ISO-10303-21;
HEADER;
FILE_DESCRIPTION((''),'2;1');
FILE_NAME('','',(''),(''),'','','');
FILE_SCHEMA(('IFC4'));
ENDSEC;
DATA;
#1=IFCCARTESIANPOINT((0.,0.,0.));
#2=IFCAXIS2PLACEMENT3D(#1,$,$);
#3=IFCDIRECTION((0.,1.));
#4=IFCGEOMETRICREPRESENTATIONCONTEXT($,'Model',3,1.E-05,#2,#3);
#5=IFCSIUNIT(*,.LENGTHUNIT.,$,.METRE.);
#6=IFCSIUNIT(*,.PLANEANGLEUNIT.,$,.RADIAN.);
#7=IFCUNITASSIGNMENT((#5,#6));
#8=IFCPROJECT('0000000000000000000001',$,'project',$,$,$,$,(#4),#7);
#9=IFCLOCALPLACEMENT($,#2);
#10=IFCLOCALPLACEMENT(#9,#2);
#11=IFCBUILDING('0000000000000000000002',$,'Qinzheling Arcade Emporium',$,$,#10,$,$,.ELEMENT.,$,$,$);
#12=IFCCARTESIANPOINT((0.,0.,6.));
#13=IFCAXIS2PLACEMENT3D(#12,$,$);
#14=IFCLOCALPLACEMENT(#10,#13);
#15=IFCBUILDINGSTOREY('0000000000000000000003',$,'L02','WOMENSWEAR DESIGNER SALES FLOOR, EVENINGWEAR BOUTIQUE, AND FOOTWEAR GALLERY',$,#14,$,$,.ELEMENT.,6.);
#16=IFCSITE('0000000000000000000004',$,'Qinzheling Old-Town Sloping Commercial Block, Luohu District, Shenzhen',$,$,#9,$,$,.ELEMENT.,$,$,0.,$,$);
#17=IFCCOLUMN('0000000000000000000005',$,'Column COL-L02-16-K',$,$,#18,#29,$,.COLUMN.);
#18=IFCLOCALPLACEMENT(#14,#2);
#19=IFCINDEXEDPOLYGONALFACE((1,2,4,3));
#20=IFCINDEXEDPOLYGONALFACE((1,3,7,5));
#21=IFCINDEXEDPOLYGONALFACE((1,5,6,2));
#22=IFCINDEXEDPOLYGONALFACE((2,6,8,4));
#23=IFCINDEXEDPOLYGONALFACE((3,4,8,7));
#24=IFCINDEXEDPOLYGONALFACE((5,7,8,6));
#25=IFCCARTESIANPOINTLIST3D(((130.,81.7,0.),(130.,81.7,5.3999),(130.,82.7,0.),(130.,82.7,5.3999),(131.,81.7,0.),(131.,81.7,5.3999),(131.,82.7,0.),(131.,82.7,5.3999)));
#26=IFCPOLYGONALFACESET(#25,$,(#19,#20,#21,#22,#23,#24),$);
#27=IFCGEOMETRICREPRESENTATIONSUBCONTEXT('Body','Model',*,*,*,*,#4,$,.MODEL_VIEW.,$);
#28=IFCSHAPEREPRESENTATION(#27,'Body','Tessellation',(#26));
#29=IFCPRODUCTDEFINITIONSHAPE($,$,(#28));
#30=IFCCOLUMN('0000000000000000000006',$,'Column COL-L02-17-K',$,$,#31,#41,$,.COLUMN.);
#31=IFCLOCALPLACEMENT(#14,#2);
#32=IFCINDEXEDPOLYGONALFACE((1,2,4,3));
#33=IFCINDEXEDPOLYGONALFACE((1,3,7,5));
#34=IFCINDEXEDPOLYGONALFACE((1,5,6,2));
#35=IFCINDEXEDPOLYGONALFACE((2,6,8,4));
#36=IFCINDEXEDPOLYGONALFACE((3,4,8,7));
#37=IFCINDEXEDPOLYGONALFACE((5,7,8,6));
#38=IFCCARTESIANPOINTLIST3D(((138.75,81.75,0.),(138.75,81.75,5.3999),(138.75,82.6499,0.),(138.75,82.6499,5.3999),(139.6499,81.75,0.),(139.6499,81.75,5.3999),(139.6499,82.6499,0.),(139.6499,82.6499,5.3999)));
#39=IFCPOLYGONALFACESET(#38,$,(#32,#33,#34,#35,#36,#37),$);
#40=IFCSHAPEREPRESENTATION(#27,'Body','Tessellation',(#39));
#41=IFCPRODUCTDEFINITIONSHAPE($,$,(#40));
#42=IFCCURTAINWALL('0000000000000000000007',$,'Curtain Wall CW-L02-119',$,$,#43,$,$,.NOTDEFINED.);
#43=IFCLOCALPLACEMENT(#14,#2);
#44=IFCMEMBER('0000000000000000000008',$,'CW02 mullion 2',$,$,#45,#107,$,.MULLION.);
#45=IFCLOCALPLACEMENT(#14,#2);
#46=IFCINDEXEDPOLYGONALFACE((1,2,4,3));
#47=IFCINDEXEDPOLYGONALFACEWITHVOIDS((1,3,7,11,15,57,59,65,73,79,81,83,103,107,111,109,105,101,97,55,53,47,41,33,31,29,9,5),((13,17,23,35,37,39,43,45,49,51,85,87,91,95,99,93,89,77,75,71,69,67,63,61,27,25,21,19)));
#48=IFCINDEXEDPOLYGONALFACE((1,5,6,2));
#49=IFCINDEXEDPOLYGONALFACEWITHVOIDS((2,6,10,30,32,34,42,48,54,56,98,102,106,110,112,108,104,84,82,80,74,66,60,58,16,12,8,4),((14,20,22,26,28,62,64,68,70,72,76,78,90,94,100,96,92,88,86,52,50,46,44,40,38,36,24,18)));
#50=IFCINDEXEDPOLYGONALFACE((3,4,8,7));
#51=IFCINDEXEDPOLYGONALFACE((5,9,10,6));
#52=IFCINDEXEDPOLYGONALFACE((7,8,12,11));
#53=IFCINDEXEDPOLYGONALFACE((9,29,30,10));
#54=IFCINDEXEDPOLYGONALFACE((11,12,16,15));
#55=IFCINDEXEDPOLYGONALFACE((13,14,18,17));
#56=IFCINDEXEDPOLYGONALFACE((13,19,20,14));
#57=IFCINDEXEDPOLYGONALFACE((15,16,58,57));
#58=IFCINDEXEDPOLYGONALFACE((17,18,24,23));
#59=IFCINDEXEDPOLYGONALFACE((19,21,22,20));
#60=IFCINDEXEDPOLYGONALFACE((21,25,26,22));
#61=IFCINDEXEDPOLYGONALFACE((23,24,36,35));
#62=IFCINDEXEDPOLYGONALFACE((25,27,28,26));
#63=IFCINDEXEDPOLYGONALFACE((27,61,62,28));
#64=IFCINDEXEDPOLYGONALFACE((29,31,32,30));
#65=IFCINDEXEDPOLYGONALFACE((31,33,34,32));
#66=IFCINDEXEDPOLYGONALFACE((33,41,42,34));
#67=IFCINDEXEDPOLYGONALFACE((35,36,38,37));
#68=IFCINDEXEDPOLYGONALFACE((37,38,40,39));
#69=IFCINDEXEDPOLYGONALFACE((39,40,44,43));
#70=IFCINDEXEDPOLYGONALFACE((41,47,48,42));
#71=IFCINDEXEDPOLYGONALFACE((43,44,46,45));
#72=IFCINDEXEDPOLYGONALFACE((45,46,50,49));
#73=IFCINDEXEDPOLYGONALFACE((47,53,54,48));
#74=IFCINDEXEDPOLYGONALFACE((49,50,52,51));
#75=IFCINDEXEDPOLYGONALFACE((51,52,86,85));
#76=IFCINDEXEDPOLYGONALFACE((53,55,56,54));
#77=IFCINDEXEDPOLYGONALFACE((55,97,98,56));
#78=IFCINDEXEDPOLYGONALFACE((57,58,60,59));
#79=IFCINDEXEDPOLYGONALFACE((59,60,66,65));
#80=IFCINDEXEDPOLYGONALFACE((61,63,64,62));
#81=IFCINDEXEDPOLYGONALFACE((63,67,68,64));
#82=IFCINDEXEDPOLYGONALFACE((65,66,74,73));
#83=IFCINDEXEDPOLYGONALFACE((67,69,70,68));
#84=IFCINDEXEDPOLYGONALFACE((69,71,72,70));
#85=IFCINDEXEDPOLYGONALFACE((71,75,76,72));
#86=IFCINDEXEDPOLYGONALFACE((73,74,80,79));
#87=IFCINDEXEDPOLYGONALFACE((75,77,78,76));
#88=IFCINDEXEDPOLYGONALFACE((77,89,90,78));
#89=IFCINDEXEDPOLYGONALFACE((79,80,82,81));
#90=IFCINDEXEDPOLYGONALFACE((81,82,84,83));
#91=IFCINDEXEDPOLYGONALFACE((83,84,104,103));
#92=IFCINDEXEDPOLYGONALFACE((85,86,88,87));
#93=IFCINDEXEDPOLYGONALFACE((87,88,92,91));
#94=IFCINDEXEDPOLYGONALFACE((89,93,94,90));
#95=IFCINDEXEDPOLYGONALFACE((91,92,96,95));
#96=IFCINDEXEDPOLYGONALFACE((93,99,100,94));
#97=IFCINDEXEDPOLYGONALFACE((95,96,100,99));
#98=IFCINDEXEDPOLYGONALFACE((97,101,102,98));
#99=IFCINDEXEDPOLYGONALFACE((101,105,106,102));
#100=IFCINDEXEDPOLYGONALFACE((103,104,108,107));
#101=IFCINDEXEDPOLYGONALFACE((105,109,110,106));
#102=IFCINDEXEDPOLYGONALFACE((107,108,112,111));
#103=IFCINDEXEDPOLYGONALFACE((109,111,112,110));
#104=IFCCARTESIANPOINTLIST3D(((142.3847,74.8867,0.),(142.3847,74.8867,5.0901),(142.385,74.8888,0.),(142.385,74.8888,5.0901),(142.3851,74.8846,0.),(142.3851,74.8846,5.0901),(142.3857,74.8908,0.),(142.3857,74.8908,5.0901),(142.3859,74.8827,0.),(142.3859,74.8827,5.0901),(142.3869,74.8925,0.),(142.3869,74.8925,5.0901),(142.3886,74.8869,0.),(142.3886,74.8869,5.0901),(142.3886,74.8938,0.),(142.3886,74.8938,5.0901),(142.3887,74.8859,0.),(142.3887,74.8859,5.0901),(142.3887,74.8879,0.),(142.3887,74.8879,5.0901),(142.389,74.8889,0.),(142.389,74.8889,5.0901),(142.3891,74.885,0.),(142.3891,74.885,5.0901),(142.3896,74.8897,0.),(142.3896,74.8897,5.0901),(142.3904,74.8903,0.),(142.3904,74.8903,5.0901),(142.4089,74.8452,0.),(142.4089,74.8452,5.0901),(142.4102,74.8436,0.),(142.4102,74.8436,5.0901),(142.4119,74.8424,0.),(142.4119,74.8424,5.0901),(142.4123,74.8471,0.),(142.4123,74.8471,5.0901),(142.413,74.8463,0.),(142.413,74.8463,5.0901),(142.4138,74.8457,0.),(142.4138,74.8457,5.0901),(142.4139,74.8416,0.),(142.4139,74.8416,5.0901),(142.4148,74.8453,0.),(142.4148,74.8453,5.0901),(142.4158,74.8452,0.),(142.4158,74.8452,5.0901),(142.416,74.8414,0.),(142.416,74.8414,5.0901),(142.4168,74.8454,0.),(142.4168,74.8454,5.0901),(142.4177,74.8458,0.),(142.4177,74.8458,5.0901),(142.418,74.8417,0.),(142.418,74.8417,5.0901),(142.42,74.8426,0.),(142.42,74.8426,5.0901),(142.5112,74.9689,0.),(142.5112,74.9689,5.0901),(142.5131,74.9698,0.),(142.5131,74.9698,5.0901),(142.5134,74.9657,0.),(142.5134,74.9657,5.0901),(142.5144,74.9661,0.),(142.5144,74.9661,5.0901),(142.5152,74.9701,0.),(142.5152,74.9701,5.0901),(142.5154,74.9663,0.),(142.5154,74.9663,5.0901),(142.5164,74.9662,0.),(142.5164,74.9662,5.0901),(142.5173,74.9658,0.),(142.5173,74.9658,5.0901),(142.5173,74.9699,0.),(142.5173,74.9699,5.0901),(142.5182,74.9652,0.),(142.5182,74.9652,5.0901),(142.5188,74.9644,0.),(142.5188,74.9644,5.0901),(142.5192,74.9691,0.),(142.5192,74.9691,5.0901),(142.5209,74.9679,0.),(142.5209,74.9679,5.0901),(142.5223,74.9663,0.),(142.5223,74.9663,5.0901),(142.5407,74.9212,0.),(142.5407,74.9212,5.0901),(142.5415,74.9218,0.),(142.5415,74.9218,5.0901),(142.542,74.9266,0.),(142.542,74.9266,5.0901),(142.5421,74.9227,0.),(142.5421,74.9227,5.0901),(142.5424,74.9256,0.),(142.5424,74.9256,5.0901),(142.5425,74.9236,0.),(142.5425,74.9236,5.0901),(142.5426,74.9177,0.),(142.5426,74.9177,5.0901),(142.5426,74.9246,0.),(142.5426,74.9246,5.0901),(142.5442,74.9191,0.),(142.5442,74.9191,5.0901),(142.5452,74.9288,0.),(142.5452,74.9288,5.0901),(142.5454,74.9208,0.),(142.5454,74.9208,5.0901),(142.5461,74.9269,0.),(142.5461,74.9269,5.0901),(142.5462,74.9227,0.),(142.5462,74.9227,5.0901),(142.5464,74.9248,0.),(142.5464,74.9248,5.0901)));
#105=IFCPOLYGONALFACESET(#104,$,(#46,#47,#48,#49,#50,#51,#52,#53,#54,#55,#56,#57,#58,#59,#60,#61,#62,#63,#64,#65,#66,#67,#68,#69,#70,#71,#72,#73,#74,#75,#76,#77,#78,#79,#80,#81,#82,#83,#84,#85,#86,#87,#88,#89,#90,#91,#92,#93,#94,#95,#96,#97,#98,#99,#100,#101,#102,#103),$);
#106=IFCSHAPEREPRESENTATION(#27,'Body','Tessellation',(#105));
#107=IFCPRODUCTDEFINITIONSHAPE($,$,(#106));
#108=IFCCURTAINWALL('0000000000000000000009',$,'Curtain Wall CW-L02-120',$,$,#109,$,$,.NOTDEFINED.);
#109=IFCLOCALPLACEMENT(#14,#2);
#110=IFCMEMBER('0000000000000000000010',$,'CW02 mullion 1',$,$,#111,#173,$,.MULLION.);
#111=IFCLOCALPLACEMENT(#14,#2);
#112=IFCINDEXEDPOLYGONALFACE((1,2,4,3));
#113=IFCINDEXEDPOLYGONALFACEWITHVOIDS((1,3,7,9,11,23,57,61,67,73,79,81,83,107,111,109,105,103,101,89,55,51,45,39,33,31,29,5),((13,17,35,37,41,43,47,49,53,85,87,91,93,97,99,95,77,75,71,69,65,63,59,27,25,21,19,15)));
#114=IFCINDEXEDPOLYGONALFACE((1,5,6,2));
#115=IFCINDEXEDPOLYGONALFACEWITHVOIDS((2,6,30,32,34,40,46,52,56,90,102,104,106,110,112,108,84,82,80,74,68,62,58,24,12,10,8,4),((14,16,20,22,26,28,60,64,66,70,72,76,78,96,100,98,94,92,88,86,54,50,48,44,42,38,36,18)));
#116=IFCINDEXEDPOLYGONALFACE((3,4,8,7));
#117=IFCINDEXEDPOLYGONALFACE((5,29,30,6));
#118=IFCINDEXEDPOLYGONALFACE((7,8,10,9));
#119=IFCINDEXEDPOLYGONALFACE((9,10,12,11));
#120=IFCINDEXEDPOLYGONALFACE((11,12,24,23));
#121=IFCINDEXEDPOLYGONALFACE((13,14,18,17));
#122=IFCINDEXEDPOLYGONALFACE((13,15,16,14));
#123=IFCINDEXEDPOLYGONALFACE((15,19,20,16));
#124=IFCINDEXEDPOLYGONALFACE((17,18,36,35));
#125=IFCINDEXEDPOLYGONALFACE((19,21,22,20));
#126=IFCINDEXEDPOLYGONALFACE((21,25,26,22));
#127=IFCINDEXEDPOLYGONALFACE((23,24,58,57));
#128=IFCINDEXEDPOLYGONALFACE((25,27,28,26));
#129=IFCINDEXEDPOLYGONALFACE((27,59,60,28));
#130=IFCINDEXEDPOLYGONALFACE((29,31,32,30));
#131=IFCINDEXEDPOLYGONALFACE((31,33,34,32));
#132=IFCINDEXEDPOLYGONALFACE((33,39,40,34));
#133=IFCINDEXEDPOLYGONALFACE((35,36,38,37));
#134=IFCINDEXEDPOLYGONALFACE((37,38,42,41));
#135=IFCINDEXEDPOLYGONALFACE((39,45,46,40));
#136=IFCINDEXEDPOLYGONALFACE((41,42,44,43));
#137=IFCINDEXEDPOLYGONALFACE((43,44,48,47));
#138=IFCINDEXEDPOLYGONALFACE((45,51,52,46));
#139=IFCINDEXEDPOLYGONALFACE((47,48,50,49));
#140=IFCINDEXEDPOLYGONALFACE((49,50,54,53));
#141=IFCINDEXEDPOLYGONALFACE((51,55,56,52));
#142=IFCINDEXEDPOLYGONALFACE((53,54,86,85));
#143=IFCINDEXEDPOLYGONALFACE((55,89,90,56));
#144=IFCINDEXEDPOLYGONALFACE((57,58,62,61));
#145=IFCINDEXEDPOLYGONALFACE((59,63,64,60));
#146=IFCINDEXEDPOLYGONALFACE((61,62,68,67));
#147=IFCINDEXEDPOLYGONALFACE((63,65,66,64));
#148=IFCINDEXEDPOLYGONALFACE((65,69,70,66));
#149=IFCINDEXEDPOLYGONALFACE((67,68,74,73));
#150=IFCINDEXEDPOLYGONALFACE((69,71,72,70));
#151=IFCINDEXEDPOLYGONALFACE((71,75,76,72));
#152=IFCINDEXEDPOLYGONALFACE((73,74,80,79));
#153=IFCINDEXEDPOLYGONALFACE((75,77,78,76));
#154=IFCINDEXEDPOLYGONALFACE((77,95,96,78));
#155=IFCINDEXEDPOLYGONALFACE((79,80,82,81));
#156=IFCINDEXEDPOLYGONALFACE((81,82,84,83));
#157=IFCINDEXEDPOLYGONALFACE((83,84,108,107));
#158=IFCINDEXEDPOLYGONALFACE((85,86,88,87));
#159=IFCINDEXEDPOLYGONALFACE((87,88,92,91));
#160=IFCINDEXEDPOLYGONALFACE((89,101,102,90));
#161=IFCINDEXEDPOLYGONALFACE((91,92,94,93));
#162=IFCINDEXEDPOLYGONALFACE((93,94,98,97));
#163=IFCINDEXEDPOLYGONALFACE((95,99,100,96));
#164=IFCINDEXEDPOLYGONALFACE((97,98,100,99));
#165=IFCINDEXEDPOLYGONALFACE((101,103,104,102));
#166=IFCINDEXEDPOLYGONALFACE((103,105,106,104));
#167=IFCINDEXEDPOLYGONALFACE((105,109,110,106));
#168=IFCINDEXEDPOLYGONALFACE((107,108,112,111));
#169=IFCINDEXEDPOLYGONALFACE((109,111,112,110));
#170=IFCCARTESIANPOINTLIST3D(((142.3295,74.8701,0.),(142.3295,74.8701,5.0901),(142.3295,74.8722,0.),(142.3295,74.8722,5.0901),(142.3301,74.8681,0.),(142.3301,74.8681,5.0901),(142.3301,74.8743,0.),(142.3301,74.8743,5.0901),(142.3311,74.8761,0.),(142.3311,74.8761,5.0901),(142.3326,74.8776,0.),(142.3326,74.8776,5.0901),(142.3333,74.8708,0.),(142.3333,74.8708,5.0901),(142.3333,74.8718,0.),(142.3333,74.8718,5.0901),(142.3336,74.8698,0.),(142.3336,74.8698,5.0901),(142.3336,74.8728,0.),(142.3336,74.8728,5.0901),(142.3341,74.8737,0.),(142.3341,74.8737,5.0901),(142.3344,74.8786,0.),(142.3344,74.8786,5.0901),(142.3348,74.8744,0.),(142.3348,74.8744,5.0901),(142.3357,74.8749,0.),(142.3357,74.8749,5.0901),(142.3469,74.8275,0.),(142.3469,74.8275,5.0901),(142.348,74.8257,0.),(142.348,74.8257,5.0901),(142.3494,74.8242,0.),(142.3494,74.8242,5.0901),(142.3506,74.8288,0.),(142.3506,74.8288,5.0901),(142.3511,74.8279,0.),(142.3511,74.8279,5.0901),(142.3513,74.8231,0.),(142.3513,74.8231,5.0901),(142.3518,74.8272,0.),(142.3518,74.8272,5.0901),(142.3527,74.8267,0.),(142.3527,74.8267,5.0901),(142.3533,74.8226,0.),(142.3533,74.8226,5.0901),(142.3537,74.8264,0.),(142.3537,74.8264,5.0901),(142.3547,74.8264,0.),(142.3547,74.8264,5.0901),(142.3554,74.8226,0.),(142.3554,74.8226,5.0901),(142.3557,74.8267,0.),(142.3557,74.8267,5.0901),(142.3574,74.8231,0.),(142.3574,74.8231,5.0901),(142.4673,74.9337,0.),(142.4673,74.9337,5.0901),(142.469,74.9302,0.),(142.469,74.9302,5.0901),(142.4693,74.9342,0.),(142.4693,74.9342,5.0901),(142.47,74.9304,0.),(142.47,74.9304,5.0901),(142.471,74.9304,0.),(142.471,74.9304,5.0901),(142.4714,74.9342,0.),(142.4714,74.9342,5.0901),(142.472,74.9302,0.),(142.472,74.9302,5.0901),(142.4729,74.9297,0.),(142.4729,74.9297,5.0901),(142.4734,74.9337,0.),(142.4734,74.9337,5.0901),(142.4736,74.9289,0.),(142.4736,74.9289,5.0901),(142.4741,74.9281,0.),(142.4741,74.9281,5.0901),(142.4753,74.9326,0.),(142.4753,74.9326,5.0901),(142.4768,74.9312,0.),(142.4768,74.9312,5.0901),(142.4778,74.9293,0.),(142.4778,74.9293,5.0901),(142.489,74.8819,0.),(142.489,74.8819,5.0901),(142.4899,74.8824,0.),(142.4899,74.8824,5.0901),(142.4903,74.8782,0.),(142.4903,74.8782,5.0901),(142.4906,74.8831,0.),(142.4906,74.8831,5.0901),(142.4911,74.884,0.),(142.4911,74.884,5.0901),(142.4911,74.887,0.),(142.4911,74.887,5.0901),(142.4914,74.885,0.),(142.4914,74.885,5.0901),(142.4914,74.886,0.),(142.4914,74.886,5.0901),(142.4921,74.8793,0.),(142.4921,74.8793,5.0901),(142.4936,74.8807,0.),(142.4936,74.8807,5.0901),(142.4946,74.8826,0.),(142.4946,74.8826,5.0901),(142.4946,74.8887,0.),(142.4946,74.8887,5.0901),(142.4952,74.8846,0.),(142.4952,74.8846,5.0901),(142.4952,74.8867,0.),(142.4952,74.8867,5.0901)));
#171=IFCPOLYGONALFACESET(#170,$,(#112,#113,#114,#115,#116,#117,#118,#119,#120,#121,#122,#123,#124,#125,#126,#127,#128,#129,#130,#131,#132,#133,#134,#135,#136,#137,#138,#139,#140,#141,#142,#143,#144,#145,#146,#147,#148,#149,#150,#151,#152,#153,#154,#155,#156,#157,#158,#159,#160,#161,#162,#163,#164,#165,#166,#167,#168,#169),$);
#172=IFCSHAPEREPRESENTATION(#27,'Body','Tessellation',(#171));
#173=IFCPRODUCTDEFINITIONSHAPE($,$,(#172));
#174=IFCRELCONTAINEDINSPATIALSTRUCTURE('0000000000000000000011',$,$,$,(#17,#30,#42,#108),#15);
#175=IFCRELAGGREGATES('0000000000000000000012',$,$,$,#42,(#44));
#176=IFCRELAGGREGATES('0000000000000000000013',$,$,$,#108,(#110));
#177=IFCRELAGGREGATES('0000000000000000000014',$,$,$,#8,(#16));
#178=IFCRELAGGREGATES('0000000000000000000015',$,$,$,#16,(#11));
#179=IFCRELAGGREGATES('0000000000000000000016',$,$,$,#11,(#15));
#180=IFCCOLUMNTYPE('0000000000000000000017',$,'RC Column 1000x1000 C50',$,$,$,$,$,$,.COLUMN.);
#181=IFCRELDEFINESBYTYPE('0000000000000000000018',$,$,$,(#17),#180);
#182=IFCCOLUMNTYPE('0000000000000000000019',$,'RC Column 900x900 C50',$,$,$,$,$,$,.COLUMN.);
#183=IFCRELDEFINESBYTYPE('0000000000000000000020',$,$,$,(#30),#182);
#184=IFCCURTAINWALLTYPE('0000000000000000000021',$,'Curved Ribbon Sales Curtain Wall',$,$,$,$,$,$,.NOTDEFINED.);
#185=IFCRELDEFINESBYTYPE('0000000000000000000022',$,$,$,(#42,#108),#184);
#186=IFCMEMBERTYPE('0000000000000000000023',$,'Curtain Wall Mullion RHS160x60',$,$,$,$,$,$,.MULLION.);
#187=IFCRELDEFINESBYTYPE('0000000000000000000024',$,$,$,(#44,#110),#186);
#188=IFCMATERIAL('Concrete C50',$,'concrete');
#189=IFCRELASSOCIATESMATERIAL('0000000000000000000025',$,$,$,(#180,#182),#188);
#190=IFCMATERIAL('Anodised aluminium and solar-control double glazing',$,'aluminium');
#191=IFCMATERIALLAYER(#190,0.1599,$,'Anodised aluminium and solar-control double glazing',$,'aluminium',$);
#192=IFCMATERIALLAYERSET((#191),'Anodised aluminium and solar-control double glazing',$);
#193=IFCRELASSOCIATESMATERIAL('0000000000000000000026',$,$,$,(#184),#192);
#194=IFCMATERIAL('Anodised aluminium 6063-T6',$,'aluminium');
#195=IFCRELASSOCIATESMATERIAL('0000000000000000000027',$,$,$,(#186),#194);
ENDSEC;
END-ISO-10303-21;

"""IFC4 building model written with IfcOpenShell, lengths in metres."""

from ifc_helpers import new_model, si_unit, direction, frame, origin, origin_2d, place, context, subcontext, project, spatial, rectangle, hollow_rectangle, extrude, material, layer, layer_set, material_profile, profile_set, type_object, element, aggregate, save


model = new_model("IFC4")

# Units and contexts
model_context = context("Model", 3, precision=1e-05, world=origin(), true_north=direction((0.0, 1.0)))
body_context = subcontext(model_context, "Body", "Model", "MODEL_VIEW")
ifc_project = project(units=[si_unit("LENGTHUNIT", "METRE"), si_unit("PLANEANGLEUNIT", "RADIAN")], contexts=[model_context])

# Site, building, storey
site_placement = place(None, origin())
site = spatial("IfcSite", under=ifc_project, at=site_placement, Name="Qinzheling Old-Town Sloping Commercial Block, Luohu District, Shenzhen", CompositionType="ELEMENT", RefElevation=0.0)
building_placement = place(site_placement, origin())
building = spatial("IfcBuilding", under=site, at=building_placement, Name="Qinzheling Arcade Emporium", CompositionType="ELEMENT")
storey_placement = place(building_placement, frame((0.0, 0.0, 6.0)))
storey = spatial("IfcBuildingStorey", under=building, at=storey_placement, Name="L02", Description="WOMENSWEAR DESIGNER SALES FLOOR, EVENINGWEAR BOUTIQUE, AND FOOTWEAR GALLERY", CompositionType="ELEMENT", Elevation=6.0)

# Columns
ifc_material_1 = material(Name="Concrete C50", Category="concrete")
ifc_material_profile_1 = material_profile(ifc_material_1, rectangle(XDim=1.0, YDim=1.0, at=origin_2d()), Name="RC 1000x1000", Category="concrete")
ifc_profile_set_1 = profile_set([ifc_material_profile_1], Name="Concrete C50")
column_type_1 = type_object("IfcColumnType", Name="RC Column 1000x1000 C50", PredefinedType="COLUMN", material=ifc_profile_set_1)
column_1_placement = place(storey_placement, frame((130.5, 82.2, 0.0), z_axis=(0.0, 0.0, 1.0), x_axis=(1.0, 0.0, 0.0)))
element("IfcColumn", 1, at=column_1_placement, inside=storey, type_object=column_type_1, Name="Column COL-L02-16-K", PredefinedType="COLUMN", context=body_context, shape_type="SweptSolid", body=[
    extrude(rectangle(XDim=1.0, YDim=1.0, at=origin_2d()), origin(), (0.0, 0.0, 1.0), 5.3999),
])
ifc_material_profile_2 = material_profile(ifc_material_1, rectangle(XDim=0.8999, YDim=0.8999, at=origin_2d()), Name="RC 900x900", Category="concrete")
ifc_profile_set_2 = profile_set([ifc_material_profile_2], Name="Concrete C50")
column_type_2 = type_object("IfcColumnType", Name="RC Column 900x900 C50", PredefinedType="COLUMN", material=ifc_profile_set_2)
column_2_placement = place(storey_placement, frame((139.2, 82.2, 0.0), z_axis=(0.0, 0.0, 1.0), x_axis=(1.0, 0.0, 0.0)))
element("IfcColumn", 2, at=column_2_placement, inside=storey, type_object=column_type_2, Name="Column COL-L02-17-K", PredefinedType="COLUMN", context=body_context, shape_type="SweptSolid", body=[
    extrude(rectangle(XDim=0.8999, YDim=0.8999, at=origin_2d()), origin(), (0.0, 0.0, 1.0), 5.3999),
])

# Curtain walls, members
ifc_material_2 = material(Name="Anodised aluminium and solar-control double glazing", Category="aluminium")
ifc_layer_1 = layer(ifc_material_2, 0.1599, Name="Anodised aluminium and solar-control double glazing", Category="aluminium")
ifc_layer_set_1 = layer_set([ifc_layer_1], Name="Anodised aluminium and solar-control double glazing")
curtain_wall_type = type_object("IfcCurtainWallType", Name="Curved Ribbon Sales Curtain Wall", PredefinedType="NOTDEFINED", material=ifc_layer_set_1)
curtain_wall_1_placement = place(storey_placement, origin())
curtain_wall_1 = element("IfcCurtainWall", 3, at=curtain_wall_1_placement, inside=storey, type_object=curtain_wall_type, Name="Curtain Wall CW-L02-119", PredefinedType="NOTDEFINED")
ifc_material_3 = material(Name="Anodised aluminium 6063-T6", Category="aluminium")
ifc_material_profile_3 = material_profile(ifc_material_3, hollow_rectangle(XDim=0.0601, YDim=0.1599, WallThickness=0.0039, InnerFilletRadius=0.0039, OuterFilletRadius=0.0081, at=origin_2d()), Name="RHS 160x60x4", Category="aluminium")
ifc_profile_set_3 = profile_set([ifc_material_profile_3], Name="Anodised aluminium 6063-T6")
member_type_1 = type_object("IfcMemberType", Name="Curtain Wall Mullion RHS160x60", PredefinedType="MULLION", material=ifc_profile_set_3)
member_1_placement = place(storey_placement, frame((142.4656, 74.9058, 0.0), z_axis=(0.0, 0.0, 1.0), x_axis=(0.522532, -0.85262, 0.0)))
member_1 = element("IfcMember", 4, at=member_1_placement, type_object=member_type_1, Name="CW02 mullion 2", PredefinedType="MULLION", context=body_context, shape_type="SweptSolid", body=[
    extrude(hollow_rectangle(XDim=0.0601, YDim=0.1599, WallThickness=0.0039, InnerFilletRadius=0.0039, OuterFilletRadius=0.0081, at=origin_2d()), origin(), (0.0, 0.0, 1.0), 5.0901),
])
curtain_wall_2_placement = place(storey_placement, origin())
curtain_wall_2 = element("IfcCurtainWall", 5, at=curtain_wall_2_placement, inside=storey, type_object=curtain_wall_type, Name="Curtain Wall CW-L02-120", PredefinedType="NOTDEFINED")
member_2_placement = place(storey_placement, frame((142.4124, 74.8784, 0.0), z_axis=(0.0, 0.0, 1.0), x_axis=(0.382896, -0.923792, 0.0)))
member_2 = element("IfcMember", 6, at=member_2_placement, type_object=member_type_1, Name="CW02 mullion 1", PredefinedType="MULLION", context=body_context, shape_type="SweptSolid", body=[
    extrude(hollow_rectangle(XDim=0.0601, YDim=0.1599, WallThickness=0.0039, InnerFilletRadius=0.0039, OuterFilletRadius=0.0081, at=origin_2d()), origin(), (0.0, 0.0, 1.0), 5.0901),
])

aggregate(curtain_wall_1, [member_1])
aggregate(curtain_wall_2, [member_2])

save(model, "model.ifc")
